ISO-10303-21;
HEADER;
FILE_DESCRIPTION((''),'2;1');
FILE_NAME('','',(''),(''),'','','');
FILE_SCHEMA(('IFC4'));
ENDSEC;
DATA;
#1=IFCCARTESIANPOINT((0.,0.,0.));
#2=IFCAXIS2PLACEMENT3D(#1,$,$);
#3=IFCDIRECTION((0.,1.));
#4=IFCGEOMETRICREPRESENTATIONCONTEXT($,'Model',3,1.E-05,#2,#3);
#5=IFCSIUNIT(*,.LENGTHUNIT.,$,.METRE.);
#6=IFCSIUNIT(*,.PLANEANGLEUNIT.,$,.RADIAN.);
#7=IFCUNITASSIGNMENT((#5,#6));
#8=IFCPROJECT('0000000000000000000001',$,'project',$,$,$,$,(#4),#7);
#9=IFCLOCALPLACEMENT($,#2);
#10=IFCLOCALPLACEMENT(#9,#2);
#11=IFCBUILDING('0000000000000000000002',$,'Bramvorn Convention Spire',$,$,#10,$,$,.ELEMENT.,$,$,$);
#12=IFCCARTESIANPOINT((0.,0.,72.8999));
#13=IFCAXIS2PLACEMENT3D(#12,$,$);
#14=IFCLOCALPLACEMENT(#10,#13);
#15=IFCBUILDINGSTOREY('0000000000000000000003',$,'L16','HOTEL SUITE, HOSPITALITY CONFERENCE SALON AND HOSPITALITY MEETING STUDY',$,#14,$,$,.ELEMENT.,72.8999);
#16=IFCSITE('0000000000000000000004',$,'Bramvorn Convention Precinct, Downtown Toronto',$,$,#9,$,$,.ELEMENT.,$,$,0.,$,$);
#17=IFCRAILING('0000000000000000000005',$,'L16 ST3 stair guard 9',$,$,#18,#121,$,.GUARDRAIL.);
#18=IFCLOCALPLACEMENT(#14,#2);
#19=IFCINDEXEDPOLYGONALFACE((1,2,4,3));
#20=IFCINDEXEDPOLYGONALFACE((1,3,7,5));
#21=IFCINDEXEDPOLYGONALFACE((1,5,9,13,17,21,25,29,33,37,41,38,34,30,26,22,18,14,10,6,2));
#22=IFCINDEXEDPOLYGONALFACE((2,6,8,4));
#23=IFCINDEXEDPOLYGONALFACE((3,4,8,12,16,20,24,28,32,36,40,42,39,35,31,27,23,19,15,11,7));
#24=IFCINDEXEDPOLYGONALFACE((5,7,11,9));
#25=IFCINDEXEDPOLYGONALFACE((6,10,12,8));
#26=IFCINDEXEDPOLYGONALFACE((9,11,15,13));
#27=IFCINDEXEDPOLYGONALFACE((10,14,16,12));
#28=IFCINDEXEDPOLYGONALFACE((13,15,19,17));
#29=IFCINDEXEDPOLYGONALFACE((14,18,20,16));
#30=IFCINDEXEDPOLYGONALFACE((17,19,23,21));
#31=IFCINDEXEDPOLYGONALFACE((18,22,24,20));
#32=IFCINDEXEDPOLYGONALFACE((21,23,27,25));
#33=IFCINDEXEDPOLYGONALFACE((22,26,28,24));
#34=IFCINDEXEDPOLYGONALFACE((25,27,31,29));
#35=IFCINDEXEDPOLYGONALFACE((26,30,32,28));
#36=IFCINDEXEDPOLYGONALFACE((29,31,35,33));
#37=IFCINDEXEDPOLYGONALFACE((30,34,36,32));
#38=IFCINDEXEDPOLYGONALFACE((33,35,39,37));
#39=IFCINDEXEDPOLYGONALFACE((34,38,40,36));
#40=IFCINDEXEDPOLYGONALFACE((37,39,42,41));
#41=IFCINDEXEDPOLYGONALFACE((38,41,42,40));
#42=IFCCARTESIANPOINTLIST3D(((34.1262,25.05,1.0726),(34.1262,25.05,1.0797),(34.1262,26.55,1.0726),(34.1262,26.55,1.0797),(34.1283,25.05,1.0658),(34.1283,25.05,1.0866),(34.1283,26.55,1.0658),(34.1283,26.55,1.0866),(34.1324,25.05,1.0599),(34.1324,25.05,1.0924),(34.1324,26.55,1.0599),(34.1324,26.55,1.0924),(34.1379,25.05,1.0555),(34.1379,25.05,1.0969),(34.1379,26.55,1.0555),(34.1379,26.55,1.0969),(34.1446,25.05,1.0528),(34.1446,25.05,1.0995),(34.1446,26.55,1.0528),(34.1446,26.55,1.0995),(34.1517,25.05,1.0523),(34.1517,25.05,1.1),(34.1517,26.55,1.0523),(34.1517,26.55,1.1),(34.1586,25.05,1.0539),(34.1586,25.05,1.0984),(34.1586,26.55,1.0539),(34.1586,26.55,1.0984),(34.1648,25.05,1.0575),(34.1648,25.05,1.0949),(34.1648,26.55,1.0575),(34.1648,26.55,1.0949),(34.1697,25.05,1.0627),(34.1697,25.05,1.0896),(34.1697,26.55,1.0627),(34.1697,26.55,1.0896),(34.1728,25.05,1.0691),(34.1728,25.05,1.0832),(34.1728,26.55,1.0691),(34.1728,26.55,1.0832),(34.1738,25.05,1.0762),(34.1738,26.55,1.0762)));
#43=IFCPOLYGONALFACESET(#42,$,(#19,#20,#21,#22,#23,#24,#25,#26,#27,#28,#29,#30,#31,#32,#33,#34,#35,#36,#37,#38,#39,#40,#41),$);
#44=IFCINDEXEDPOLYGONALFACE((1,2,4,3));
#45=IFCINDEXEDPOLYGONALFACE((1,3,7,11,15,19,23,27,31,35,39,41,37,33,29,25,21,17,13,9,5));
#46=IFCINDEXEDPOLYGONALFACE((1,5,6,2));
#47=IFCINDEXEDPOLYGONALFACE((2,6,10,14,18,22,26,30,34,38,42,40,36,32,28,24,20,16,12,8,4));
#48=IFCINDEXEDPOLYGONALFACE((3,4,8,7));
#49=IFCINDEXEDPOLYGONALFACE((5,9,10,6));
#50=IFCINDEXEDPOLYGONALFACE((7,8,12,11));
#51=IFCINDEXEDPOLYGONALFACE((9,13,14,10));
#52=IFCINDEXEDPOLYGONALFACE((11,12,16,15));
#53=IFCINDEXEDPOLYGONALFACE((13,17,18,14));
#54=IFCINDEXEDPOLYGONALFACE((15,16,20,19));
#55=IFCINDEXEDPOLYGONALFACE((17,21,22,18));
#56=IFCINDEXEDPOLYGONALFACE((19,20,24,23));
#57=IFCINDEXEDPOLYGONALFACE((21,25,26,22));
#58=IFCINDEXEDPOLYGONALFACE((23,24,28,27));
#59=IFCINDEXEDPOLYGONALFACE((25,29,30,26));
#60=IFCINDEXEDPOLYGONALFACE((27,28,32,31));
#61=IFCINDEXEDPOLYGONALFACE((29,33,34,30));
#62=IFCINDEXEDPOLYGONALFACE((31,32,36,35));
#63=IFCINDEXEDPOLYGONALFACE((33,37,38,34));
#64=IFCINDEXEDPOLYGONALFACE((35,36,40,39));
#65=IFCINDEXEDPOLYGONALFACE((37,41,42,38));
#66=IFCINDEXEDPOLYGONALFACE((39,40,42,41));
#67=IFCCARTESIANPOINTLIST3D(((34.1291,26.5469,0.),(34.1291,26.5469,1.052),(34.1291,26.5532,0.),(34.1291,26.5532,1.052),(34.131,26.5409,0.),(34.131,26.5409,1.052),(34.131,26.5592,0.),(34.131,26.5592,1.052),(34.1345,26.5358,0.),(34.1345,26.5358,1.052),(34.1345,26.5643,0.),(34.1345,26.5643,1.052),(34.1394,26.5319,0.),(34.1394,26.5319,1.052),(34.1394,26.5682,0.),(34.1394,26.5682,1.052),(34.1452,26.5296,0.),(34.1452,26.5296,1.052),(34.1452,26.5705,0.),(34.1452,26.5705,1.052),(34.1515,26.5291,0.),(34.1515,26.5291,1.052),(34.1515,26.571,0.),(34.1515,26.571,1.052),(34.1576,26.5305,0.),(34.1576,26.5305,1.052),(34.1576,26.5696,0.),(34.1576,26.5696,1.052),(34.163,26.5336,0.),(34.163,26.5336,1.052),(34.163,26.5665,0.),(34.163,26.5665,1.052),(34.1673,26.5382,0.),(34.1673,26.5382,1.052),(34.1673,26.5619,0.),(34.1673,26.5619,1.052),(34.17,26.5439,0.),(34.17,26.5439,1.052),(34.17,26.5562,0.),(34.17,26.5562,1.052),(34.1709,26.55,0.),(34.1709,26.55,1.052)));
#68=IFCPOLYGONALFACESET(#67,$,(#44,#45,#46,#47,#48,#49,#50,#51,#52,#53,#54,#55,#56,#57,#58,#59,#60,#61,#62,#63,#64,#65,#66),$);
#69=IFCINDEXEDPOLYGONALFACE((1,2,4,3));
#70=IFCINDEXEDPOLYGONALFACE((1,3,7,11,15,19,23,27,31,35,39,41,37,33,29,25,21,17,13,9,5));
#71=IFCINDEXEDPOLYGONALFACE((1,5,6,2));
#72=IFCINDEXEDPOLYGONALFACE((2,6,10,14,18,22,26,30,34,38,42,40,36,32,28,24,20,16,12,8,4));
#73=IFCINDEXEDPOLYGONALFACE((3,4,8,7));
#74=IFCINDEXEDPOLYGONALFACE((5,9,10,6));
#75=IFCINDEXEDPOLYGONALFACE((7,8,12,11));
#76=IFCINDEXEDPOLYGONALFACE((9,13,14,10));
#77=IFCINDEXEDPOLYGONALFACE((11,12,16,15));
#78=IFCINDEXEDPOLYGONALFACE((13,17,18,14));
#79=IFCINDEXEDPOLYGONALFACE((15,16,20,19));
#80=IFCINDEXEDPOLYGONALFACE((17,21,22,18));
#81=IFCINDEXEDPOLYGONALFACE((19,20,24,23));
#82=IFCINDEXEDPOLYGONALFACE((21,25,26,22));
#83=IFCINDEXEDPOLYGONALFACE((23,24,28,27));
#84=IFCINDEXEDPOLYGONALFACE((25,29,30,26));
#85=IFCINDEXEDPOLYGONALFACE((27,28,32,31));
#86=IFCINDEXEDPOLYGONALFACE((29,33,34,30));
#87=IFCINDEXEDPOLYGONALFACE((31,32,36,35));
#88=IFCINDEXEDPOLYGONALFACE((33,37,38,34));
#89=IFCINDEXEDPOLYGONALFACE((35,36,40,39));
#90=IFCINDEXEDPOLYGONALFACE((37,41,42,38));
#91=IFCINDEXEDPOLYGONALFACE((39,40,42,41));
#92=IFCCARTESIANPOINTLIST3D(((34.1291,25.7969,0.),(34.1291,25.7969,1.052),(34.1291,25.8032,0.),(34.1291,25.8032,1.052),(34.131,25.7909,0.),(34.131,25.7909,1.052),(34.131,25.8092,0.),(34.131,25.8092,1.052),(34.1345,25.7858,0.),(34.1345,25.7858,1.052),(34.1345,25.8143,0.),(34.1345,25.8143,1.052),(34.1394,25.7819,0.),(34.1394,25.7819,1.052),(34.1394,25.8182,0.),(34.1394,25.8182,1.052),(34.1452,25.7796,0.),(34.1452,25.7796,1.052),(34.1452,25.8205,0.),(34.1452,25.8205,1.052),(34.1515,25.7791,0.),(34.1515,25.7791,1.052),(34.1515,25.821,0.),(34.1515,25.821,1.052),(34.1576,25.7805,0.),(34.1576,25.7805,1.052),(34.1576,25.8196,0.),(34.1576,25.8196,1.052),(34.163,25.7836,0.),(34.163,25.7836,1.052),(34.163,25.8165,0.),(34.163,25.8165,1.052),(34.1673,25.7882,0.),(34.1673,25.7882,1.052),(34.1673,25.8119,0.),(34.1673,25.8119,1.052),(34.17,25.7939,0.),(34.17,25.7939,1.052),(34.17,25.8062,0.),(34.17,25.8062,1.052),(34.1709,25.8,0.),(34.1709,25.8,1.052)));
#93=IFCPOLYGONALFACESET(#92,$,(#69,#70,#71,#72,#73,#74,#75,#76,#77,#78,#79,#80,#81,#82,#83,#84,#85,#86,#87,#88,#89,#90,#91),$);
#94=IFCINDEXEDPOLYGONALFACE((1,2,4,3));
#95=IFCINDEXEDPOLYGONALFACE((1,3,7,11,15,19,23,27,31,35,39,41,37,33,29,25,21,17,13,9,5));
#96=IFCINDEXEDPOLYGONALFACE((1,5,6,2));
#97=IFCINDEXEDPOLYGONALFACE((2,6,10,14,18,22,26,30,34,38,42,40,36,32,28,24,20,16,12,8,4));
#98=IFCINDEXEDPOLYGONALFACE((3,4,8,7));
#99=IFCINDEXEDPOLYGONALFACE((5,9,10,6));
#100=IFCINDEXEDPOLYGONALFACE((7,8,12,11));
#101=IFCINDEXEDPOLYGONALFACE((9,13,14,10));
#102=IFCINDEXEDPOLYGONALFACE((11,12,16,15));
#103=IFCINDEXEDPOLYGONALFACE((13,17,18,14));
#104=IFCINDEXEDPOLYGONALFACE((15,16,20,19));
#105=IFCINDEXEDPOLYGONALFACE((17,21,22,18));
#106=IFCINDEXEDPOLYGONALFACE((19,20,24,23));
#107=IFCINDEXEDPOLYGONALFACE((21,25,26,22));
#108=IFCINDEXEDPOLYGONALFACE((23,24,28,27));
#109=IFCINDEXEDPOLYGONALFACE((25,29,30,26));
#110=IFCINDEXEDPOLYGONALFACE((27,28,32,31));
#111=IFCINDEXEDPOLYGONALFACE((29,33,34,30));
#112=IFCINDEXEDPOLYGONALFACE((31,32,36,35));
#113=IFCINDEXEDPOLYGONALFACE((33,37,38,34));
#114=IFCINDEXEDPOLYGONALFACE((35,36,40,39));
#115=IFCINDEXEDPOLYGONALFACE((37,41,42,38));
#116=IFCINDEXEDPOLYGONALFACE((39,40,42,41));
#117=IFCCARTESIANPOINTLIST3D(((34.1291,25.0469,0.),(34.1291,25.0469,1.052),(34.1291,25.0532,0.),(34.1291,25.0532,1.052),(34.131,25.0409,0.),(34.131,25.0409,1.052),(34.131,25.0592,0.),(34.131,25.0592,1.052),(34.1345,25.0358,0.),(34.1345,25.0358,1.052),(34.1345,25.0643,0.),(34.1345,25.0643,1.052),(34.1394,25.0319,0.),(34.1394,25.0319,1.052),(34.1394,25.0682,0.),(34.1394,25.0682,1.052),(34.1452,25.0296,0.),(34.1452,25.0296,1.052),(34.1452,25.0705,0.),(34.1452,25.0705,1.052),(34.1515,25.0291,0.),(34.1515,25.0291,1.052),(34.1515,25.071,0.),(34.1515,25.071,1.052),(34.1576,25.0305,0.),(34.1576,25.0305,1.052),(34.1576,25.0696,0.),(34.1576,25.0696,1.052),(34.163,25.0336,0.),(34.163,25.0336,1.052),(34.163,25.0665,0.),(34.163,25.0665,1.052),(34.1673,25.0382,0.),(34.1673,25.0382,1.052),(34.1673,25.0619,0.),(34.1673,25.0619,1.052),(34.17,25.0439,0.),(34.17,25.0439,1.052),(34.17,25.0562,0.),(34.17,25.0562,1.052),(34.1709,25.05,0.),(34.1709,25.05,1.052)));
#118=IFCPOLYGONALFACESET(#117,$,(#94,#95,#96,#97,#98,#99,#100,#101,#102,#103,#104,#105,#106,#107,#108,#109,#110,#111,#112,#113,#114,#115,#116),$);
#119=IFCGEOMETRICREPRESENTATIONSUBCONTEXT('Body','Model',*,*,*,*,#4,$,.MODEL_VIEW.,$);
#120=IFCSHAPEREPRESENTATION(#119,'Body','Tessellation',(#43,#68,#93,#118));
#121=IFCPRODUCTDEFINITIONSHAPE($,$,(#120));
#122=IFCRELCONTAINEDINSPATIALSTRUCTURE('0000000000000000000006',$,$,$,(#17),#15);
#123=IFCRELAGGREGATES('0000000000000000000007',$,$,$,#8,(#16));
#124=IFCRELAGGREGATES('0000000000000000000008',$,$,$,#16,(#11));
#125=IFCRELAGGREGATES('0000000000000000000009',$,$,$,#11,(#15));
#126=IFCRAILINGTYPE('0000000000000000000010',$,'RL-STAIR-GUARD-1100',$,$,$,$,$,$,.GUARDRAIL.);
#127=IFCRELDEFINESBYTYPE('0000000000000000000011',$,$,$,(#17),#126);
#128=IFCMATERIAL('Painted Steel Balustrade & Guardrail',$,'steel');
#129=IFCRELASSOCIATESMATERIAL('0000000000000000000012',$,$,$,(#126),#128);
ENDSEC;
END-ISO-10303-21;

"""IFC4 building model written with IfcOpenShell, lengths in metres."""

from ifc_helpers import new_model, si_unit, direction, frame, origin, origin_2d, place, context, subcontext, project, spatial, circle, extrude, material, type_object, element, save


model = new_model("IFC4")

# Units and contexts
model_context = context("Model", 3, precision=1e-05, world=origin(), true_north=direction((0.0, 1.0)))
body_context = subcontext(model_context, "Body", "Model", "MODEL_VIEW")
ifc_project = project(units=[si_unit("LENGTHUNIT", "METRE"), si_unit("PLANEANGLEUNIT", "RADIAN")], contexts=[model_context])

# Site, building, storey
site_placement = place(None, origin())
site = spatial("IfcSite", under=ifc_project, at=site_placement, Name="Bramvorn Convention Precinct, Downtown Toronto", CompositionType="ELEMENT", RefElevation=0.0)
building_placement = place(site_placement, origin())
building = spatial("IfcBuilding", under=site, at=building_placement, Name="Bramvorn Convention Spire", CompositionType="ELEMENT")
storey_placement = place(building_placement, frame((0.0, 0.0, 72.8999)))
storey = spatial("IfcBuildingStorey", under=building, at=storey_placement, Name="L16", Description="HOTEL SUITE, HOSPITALITY CONFERENCE SALON AND HOSPITALITY MEETING STUDY", CompositionType="ELEMENT", Elevation=72.8999)

# Railing
ifc_material_1 = material(Name="Painted Steel Balustrade & Guardrail", Category="steel")
railing_type_1 = type_object("IfcRailingType", Name="RL-STAIR-GUARD-1100", PredefinedType="GUARDRAIL", material=ifc_material_1)
railing_1_placement = place(storey_placement, frame((34.1499, 26.55, 0.0)))
element("IfcRailing", 1, at=railing_1_placement, inside=storey, type_object=railing_type_1, Name="L16 ST3 stair guard 9", PredefinedType="GUARDRAIL", context=body_context, shape_type="SweptSolid", body=[
    extrude(circle(Radius=0.0239, at=origin_2d()), frame((0.0, 0.0, 1.0762), z_axis=(0.0, -1.0, 0.0), x_axis=(1.0, 0.0, 0.0)), (0.0, 0.0, 1.0), 1.5),
    extrude(circle(Radius=0.021, at=origin_2d()), origin(), (0.0, 0.0, 1.0), 1.052),
    extrude(circle(Radius=0.021, at=origin_2d()), frame((0.0, -0.75, 0.0)), (0.0, 0.0, 1.0), 1.052),
    extrude(circle(Radius=0.021, at=origin_2d()), frame((0.0, -1.5, 0.0)), (0.0, 0.0, 1.0), 1.052),
])

save(model, "model.ifc")
